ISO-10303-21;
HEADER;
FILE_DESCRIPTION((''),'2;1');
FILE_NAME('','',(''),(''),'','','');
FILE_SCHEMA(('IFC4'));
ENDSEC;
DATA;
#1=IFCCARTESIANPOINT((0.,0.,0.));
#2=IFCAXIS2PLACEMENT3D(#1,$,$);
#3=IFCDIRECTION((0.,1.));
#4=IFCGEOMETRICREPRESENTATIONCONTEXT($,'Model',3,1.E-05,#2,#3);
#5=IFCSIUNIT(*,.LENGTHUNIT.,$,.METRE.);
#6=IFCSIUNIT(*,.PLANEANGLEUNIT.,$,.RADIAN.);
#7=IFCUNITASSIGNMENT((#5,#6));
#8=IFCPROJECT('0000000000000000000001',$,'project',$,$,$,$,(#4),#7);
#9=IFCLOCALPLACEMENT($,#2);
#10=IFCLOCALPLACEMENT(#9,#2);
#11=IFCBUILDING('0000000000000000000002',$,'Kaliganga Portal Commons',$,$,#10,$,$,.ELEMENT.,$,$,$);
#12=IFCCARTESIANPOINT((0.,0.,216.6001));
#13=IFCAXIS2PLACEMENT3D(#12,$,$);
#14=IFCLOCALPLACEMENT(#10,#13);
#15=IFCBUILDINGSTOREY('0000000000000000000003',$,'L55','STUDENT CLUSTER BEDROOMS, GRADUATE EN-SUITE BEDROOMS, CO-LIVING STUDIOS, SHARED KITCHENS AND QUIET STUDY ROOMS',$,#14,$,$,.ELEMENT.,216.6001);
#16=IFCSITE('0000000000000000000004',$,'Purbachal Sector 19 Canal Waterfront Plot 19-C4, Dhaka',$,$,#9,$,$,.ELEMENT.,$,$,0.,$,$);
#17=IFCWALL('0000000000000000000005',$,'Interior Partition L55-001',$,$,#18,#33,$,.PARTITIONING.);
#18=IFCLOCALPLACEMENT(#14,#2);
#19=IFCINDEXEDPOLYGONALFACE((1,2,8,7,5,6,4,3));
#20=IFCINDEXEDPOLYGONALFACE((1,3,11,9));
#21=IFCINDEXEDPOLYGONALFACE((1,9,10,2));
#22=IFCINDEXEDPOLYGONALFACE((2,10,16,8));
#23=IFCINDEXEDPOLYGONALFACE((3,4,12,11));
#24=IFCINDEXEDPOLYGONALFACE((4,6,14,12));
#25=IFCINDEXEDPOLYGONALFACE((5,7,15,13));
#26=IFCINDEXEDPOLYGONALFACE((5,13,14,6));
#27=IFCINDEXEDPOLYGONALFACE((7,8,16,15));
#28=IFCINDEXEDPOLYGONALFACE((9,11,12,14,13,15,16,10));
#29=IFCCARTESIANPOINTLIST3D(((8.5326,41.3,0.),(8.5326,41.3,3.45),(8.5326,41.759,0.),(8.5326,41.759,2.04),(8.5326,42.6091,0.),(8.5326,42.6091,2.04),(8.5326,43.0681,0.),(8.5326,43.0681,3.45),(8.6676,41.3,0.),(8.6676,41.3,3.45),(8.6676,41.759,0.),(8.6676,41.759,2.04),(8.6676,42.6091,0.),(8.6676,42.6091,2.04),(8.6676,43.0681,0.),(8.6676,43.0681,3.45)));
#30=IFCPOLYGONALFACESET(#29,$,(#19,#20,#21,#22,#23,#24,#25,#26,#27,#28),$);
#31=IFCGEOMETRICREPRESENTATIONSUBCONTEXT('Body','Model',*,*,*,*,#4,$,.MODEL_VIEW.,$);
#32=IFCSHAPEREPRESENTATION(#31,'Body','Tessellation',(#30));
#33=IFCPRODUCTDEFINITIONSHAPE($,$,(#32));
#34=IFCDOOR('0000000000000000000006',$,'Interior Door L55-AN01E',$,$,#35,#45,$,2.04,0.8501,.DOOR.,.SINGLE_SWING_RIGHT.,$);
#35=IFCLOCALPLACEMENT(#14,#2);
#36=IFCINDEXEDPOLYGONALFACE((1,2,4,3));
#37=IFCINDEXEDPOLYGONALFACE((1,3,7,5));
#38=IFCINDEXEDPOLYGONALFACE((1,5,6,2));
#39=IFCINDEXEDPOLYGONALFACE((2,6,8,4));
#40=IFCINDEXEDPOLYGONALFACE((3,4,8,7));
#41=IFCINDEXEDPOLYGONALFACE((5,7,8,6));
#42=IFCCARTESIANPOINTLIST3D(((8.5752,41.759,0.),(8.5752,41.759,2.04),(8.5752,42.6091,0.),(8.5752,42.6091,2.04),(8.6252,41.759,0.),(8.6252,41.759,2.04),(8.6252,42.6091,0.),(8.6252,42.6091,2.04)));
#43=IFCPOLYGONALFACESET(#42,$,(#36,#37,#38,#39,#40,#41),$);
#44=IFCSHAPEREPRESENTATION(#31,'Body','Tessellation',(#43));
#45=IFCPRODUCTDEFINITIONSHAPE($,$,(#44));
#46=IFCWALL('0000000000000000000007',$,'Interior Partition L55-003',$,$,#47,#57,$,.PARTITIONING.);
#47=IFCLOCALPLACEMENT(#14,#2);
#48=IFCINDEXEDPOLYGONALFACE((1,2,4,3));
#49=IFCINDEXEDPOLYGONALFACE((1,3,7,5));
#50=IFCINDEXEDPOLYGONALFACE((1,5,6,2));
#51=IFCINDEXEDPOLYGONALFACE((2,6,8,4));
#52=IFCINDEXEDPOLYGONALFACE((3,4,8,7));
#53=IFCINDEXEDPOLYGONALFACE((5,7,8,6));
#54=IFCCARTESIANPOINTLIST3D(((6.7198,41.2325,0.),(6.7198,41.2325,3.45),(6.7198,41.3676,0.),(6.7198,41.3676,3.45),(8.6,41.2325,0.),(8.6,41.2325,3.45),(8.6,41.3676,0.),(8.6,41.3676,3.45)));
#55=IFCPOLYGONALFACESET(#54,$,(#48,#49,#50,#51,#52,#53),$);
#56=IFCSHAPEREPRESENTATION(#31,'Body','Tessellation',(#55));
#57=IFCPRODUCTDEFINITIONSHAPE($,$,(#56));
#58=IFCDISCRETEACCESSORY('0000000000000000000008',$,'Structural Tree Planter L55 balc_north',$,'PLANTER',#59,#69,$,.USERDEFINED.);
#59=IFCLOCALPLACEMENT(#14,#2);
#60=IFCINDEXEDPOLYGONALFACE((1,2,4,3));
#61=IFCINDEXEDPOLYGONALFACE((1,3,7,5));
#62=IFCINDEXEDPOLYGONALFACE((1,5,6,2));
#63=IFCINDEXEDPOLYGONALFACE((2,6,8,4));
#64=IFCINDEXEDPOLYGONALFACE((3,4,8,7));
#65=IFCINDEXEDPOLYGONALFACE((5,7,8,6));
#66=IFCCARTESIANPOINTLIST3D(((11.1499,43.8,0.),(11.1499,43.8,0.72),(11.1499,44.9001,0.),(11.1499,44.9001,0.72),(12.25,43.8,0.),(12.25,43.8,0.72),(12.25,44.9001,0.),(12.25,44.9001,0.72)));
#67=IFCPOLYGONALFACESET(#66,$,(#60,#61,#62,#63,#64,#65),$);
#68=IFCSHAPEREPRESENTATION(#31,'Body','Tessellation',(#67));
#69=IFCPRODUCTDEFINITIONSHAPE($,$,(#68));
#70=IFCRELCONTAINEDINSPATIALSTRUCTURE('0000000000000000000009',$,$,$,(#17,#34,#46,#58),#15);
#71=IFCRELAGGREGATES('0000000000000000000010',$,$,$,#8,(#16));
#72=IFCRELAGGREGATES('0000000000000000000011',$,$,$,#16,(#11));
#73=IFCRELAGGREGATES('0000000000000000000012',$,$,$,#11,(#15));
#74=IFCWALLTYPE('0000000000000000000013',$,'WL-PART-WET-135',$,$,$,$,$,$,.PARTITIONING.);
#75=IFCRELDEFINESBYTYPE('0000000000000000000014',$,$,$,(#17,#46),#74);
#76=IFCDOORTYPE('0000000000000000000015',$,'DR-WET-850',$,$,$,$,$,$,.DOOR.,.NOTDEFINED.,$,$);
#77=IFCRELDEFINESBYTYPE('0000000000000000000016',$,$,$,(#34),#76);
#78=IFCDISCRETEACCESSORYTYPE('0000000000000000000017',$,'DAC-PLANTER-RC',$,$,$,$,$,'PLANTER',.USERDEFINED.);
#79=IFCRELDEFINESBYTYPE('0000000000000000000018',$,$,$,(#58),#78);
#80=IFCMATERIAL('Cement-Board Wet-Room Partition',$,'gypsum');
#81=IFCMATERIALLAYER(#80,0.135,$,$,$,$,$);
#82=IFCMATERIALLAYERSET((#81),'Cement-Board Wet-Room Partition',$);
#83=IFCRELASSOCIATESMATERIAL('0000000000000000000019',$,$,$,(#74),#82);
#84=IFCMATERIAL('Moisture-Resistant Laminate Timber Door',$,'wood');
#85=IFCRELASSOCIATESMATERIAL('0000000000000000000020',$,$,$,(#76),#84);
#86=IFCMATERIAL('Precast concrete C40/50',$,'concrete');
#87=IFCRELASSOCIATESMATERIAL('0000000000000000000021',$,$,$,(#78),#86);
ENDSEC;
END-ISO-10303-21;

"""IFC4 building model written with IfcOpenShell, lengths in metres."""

from ifc_helpers import new_model, si_unit, direction, frame, frame_2d, origin, origin_2d, place, context, subcontext, project, spatial, rectangle, extrude, source, transform, mapped, material, layer, layer_set, type_object, element, fill, save


model = new_model("IFC4")

# Units and contexts
model_context = context("Model", 3, precision=1e-05, world=origin(), true_north=direction((0.0, 1.0)))
body_context = subcontext(model_context, "Body", "Model", "MODEL_VIEW")
ifc_project = project(units=[si_unit("LENGTHUNIT", "METRE"), si_unit("PLANEANGLEUNIT", "RADIAN")], contexts=[model_context])

# Site, building, storey
site_placement = place(None, origin())
site = spatial("IfcSite", under=ifc_project, at=site_placement, Name="Purbachal Sector 19 Canal Waterfront Plot 19-C4, Dhaka", CompositionType="ELEMENT", RefElevation=0.0)
building_placement = place(site_placement, origin())
building = spatial("IfcBuilding", under=site, at=building_placement, Name="Kaliganga Portal Commons", CompositionType="ELEMENT")
storey_placement = place(building_placement, frame((0.0, 0.0, 216.6001)))
storey = spatial("IfcBuildingStorey", under=building, at=storey_placement, Name="L55", Description="STUDENT CLUSTER BEDROOMS, GRADUATE EN-SUITE BEDROOMS, CO-LIVING STUDIOS, SHARED KITCHENS AND QUIET STUDY ROOMS", CompositionType="ELEMENT", Elevation=216.6001)

# Wall, opening, door
ifc_material_1 = material(Name="Cement-Board Wet-Room Partition", Category="gypsum")
ifc_layer_1 = layer(ifc_material_1, 0.135)
ifc_layer_set_1 = layer_set([ifc_layer_1], Name="Cement-Board Wet-Room Partition")
wall_type_1 = type_object("IfcWallType", Name="WL-PART-WET-135", PredefinedType="PARTITIONING", material=ifc_layer_set_1)
wall_1_placement = place(storey_placement, frame((8.6001, 41.3, 0.0), z_axis=(0.0, 0.0, 1.0), x_axis=(0.0, 1.0, 0.0)))
wall_1 = element("IfcWall", 1, at=wall_1_placement, inside=storey, type_object=wall_type_1, Name="Interior Partition L55-001", PredefinedType="PARTITIONING", context=body_context, shape_type="SweptSolid", body=[
    extrude(rectangle(XDim=1.7681, YDim=0.135, at=frame_2d((0.884, 0.0))), origin(), (0.0, 0.0, 1.0), 3.45),
])
opening_1_placement = place(wall_1_placement, frame((0.459, 0.0, 0.0)))
opening_1 = element("IfcOpeningElement", 2, at=opening_1_placement, cuts=wall_1, PredefinedType="OPENING", context=body_context, shape_type="SweptSolid", body=[
    extrude(rectangle(XDim=0.8501, YDim=2.04, at=frame_2d((0.425, 1.02))), frame((0.0, 0.0776, 0.0), z_axis=(0.0, -1.0, 0.0), x_axis=(1.0, 0.0, 0.0)), (0.0, 0.0, 1.0), 0.155),
])
ifc_material_2 = material(Name="Moisture-Resistant Laminate Timber Door", Category="wood")
door_type_1 = type_object("IfcDoorType", Name="DR-WET-850", OperationType="NOTDEFINED", PredefinedType="DOOR", material=ifc_material_2)
door_1_placement = place(opening_1_placement, origin())
door_1 = element("IfcDoor", 3, at=door_1_placement, inside=storey, type_object=door_type_1, Name="Interior Door L55-AN01E", OperationType="SINGLE_SWING_RIGHT", OverallHeight=2.04, OverallWidth=0.8501, PredefinedType="DOOR", context=body_context, shape_type="SweptSolid", body=[
    extrude(rectangle(XDim=0.8501, YDim=2.04, at=frame_2d((0.425, 1.02))), frame((0.0, 0.0249, 0.0), z_axis=(0.0, -1.0, 0.0), x_axis=(1.0, 0.0, 0.0)), (0.0, 0.0, 1.0), 0.05),
])
fill(opening_1, door_1)

# Wall
wall_2_placement = place(storey_placement, frame((6.72, 41.3, 0.0), z_axis=(0.0, 0.0, 1.0), x_axis=(1.0, 0.0, 0.0)))
element("IfcWall", 4, at=wall_2_placement, inside=storey, type_object=wall_type_1, Name="Interior Partition L55-003", PredefinedType="PARTITIONING", context=body_context, shape_type="SweptSolid", body=[
    extrude(rectangle(XDim=1.8801, YDim=0.135, at=frame_2d((0.9399, 0.0))), origin(), (0.0, 0.0, 1.0), 3.45),
])

# Discrete accessory
ifc_material_3 = material(Name="Precast concrete C40/50", Category="concrete")
discrete_accessory_type = type_object("IfcDiscreteAccessoryType", Name="DAC-PLANTER-RC", ElementType="PLANTER", PredefinedType="USERDEFINED", material=ifc_material_3)
shared_shape_1 = source(origin(), body_context, "Body", "SweptSolid", [
    extrude(rectangle(XDim=1.1001, YDim=1.1001, at=origin_2d()), origin(), (0.0, 0.0, 1.0), 0.72),
])
discrete_accessory_placement = place(storey_placement, frame((11.7, 44.3501, 0.0), z_axis=(0.0, 0.0, 1.0), x_axis=(1.0, 0.0, 0.0)))
element("IfcDiscreteAccessory", 5, at=discrete_accessory_placement, inside=storey, type_object=discrete_accessory_type, Name="Structural Tree Planter L55 balc_north", ObjectType="PLANTER", PredefinedType="USERDEFINED", context=body_context, shape_type="MappedRepresentation", body=[
    mapped(shared_shape_1, transform((0.0, 0.0, 0.0), x_axis=(1.0, 0.0, 0.0), y_axis=(0.0, 1.0, 0.0), z_axis=(0.0, 0.0, 1.0), scale=1.0)),
])

save(model, "model.ifc")
